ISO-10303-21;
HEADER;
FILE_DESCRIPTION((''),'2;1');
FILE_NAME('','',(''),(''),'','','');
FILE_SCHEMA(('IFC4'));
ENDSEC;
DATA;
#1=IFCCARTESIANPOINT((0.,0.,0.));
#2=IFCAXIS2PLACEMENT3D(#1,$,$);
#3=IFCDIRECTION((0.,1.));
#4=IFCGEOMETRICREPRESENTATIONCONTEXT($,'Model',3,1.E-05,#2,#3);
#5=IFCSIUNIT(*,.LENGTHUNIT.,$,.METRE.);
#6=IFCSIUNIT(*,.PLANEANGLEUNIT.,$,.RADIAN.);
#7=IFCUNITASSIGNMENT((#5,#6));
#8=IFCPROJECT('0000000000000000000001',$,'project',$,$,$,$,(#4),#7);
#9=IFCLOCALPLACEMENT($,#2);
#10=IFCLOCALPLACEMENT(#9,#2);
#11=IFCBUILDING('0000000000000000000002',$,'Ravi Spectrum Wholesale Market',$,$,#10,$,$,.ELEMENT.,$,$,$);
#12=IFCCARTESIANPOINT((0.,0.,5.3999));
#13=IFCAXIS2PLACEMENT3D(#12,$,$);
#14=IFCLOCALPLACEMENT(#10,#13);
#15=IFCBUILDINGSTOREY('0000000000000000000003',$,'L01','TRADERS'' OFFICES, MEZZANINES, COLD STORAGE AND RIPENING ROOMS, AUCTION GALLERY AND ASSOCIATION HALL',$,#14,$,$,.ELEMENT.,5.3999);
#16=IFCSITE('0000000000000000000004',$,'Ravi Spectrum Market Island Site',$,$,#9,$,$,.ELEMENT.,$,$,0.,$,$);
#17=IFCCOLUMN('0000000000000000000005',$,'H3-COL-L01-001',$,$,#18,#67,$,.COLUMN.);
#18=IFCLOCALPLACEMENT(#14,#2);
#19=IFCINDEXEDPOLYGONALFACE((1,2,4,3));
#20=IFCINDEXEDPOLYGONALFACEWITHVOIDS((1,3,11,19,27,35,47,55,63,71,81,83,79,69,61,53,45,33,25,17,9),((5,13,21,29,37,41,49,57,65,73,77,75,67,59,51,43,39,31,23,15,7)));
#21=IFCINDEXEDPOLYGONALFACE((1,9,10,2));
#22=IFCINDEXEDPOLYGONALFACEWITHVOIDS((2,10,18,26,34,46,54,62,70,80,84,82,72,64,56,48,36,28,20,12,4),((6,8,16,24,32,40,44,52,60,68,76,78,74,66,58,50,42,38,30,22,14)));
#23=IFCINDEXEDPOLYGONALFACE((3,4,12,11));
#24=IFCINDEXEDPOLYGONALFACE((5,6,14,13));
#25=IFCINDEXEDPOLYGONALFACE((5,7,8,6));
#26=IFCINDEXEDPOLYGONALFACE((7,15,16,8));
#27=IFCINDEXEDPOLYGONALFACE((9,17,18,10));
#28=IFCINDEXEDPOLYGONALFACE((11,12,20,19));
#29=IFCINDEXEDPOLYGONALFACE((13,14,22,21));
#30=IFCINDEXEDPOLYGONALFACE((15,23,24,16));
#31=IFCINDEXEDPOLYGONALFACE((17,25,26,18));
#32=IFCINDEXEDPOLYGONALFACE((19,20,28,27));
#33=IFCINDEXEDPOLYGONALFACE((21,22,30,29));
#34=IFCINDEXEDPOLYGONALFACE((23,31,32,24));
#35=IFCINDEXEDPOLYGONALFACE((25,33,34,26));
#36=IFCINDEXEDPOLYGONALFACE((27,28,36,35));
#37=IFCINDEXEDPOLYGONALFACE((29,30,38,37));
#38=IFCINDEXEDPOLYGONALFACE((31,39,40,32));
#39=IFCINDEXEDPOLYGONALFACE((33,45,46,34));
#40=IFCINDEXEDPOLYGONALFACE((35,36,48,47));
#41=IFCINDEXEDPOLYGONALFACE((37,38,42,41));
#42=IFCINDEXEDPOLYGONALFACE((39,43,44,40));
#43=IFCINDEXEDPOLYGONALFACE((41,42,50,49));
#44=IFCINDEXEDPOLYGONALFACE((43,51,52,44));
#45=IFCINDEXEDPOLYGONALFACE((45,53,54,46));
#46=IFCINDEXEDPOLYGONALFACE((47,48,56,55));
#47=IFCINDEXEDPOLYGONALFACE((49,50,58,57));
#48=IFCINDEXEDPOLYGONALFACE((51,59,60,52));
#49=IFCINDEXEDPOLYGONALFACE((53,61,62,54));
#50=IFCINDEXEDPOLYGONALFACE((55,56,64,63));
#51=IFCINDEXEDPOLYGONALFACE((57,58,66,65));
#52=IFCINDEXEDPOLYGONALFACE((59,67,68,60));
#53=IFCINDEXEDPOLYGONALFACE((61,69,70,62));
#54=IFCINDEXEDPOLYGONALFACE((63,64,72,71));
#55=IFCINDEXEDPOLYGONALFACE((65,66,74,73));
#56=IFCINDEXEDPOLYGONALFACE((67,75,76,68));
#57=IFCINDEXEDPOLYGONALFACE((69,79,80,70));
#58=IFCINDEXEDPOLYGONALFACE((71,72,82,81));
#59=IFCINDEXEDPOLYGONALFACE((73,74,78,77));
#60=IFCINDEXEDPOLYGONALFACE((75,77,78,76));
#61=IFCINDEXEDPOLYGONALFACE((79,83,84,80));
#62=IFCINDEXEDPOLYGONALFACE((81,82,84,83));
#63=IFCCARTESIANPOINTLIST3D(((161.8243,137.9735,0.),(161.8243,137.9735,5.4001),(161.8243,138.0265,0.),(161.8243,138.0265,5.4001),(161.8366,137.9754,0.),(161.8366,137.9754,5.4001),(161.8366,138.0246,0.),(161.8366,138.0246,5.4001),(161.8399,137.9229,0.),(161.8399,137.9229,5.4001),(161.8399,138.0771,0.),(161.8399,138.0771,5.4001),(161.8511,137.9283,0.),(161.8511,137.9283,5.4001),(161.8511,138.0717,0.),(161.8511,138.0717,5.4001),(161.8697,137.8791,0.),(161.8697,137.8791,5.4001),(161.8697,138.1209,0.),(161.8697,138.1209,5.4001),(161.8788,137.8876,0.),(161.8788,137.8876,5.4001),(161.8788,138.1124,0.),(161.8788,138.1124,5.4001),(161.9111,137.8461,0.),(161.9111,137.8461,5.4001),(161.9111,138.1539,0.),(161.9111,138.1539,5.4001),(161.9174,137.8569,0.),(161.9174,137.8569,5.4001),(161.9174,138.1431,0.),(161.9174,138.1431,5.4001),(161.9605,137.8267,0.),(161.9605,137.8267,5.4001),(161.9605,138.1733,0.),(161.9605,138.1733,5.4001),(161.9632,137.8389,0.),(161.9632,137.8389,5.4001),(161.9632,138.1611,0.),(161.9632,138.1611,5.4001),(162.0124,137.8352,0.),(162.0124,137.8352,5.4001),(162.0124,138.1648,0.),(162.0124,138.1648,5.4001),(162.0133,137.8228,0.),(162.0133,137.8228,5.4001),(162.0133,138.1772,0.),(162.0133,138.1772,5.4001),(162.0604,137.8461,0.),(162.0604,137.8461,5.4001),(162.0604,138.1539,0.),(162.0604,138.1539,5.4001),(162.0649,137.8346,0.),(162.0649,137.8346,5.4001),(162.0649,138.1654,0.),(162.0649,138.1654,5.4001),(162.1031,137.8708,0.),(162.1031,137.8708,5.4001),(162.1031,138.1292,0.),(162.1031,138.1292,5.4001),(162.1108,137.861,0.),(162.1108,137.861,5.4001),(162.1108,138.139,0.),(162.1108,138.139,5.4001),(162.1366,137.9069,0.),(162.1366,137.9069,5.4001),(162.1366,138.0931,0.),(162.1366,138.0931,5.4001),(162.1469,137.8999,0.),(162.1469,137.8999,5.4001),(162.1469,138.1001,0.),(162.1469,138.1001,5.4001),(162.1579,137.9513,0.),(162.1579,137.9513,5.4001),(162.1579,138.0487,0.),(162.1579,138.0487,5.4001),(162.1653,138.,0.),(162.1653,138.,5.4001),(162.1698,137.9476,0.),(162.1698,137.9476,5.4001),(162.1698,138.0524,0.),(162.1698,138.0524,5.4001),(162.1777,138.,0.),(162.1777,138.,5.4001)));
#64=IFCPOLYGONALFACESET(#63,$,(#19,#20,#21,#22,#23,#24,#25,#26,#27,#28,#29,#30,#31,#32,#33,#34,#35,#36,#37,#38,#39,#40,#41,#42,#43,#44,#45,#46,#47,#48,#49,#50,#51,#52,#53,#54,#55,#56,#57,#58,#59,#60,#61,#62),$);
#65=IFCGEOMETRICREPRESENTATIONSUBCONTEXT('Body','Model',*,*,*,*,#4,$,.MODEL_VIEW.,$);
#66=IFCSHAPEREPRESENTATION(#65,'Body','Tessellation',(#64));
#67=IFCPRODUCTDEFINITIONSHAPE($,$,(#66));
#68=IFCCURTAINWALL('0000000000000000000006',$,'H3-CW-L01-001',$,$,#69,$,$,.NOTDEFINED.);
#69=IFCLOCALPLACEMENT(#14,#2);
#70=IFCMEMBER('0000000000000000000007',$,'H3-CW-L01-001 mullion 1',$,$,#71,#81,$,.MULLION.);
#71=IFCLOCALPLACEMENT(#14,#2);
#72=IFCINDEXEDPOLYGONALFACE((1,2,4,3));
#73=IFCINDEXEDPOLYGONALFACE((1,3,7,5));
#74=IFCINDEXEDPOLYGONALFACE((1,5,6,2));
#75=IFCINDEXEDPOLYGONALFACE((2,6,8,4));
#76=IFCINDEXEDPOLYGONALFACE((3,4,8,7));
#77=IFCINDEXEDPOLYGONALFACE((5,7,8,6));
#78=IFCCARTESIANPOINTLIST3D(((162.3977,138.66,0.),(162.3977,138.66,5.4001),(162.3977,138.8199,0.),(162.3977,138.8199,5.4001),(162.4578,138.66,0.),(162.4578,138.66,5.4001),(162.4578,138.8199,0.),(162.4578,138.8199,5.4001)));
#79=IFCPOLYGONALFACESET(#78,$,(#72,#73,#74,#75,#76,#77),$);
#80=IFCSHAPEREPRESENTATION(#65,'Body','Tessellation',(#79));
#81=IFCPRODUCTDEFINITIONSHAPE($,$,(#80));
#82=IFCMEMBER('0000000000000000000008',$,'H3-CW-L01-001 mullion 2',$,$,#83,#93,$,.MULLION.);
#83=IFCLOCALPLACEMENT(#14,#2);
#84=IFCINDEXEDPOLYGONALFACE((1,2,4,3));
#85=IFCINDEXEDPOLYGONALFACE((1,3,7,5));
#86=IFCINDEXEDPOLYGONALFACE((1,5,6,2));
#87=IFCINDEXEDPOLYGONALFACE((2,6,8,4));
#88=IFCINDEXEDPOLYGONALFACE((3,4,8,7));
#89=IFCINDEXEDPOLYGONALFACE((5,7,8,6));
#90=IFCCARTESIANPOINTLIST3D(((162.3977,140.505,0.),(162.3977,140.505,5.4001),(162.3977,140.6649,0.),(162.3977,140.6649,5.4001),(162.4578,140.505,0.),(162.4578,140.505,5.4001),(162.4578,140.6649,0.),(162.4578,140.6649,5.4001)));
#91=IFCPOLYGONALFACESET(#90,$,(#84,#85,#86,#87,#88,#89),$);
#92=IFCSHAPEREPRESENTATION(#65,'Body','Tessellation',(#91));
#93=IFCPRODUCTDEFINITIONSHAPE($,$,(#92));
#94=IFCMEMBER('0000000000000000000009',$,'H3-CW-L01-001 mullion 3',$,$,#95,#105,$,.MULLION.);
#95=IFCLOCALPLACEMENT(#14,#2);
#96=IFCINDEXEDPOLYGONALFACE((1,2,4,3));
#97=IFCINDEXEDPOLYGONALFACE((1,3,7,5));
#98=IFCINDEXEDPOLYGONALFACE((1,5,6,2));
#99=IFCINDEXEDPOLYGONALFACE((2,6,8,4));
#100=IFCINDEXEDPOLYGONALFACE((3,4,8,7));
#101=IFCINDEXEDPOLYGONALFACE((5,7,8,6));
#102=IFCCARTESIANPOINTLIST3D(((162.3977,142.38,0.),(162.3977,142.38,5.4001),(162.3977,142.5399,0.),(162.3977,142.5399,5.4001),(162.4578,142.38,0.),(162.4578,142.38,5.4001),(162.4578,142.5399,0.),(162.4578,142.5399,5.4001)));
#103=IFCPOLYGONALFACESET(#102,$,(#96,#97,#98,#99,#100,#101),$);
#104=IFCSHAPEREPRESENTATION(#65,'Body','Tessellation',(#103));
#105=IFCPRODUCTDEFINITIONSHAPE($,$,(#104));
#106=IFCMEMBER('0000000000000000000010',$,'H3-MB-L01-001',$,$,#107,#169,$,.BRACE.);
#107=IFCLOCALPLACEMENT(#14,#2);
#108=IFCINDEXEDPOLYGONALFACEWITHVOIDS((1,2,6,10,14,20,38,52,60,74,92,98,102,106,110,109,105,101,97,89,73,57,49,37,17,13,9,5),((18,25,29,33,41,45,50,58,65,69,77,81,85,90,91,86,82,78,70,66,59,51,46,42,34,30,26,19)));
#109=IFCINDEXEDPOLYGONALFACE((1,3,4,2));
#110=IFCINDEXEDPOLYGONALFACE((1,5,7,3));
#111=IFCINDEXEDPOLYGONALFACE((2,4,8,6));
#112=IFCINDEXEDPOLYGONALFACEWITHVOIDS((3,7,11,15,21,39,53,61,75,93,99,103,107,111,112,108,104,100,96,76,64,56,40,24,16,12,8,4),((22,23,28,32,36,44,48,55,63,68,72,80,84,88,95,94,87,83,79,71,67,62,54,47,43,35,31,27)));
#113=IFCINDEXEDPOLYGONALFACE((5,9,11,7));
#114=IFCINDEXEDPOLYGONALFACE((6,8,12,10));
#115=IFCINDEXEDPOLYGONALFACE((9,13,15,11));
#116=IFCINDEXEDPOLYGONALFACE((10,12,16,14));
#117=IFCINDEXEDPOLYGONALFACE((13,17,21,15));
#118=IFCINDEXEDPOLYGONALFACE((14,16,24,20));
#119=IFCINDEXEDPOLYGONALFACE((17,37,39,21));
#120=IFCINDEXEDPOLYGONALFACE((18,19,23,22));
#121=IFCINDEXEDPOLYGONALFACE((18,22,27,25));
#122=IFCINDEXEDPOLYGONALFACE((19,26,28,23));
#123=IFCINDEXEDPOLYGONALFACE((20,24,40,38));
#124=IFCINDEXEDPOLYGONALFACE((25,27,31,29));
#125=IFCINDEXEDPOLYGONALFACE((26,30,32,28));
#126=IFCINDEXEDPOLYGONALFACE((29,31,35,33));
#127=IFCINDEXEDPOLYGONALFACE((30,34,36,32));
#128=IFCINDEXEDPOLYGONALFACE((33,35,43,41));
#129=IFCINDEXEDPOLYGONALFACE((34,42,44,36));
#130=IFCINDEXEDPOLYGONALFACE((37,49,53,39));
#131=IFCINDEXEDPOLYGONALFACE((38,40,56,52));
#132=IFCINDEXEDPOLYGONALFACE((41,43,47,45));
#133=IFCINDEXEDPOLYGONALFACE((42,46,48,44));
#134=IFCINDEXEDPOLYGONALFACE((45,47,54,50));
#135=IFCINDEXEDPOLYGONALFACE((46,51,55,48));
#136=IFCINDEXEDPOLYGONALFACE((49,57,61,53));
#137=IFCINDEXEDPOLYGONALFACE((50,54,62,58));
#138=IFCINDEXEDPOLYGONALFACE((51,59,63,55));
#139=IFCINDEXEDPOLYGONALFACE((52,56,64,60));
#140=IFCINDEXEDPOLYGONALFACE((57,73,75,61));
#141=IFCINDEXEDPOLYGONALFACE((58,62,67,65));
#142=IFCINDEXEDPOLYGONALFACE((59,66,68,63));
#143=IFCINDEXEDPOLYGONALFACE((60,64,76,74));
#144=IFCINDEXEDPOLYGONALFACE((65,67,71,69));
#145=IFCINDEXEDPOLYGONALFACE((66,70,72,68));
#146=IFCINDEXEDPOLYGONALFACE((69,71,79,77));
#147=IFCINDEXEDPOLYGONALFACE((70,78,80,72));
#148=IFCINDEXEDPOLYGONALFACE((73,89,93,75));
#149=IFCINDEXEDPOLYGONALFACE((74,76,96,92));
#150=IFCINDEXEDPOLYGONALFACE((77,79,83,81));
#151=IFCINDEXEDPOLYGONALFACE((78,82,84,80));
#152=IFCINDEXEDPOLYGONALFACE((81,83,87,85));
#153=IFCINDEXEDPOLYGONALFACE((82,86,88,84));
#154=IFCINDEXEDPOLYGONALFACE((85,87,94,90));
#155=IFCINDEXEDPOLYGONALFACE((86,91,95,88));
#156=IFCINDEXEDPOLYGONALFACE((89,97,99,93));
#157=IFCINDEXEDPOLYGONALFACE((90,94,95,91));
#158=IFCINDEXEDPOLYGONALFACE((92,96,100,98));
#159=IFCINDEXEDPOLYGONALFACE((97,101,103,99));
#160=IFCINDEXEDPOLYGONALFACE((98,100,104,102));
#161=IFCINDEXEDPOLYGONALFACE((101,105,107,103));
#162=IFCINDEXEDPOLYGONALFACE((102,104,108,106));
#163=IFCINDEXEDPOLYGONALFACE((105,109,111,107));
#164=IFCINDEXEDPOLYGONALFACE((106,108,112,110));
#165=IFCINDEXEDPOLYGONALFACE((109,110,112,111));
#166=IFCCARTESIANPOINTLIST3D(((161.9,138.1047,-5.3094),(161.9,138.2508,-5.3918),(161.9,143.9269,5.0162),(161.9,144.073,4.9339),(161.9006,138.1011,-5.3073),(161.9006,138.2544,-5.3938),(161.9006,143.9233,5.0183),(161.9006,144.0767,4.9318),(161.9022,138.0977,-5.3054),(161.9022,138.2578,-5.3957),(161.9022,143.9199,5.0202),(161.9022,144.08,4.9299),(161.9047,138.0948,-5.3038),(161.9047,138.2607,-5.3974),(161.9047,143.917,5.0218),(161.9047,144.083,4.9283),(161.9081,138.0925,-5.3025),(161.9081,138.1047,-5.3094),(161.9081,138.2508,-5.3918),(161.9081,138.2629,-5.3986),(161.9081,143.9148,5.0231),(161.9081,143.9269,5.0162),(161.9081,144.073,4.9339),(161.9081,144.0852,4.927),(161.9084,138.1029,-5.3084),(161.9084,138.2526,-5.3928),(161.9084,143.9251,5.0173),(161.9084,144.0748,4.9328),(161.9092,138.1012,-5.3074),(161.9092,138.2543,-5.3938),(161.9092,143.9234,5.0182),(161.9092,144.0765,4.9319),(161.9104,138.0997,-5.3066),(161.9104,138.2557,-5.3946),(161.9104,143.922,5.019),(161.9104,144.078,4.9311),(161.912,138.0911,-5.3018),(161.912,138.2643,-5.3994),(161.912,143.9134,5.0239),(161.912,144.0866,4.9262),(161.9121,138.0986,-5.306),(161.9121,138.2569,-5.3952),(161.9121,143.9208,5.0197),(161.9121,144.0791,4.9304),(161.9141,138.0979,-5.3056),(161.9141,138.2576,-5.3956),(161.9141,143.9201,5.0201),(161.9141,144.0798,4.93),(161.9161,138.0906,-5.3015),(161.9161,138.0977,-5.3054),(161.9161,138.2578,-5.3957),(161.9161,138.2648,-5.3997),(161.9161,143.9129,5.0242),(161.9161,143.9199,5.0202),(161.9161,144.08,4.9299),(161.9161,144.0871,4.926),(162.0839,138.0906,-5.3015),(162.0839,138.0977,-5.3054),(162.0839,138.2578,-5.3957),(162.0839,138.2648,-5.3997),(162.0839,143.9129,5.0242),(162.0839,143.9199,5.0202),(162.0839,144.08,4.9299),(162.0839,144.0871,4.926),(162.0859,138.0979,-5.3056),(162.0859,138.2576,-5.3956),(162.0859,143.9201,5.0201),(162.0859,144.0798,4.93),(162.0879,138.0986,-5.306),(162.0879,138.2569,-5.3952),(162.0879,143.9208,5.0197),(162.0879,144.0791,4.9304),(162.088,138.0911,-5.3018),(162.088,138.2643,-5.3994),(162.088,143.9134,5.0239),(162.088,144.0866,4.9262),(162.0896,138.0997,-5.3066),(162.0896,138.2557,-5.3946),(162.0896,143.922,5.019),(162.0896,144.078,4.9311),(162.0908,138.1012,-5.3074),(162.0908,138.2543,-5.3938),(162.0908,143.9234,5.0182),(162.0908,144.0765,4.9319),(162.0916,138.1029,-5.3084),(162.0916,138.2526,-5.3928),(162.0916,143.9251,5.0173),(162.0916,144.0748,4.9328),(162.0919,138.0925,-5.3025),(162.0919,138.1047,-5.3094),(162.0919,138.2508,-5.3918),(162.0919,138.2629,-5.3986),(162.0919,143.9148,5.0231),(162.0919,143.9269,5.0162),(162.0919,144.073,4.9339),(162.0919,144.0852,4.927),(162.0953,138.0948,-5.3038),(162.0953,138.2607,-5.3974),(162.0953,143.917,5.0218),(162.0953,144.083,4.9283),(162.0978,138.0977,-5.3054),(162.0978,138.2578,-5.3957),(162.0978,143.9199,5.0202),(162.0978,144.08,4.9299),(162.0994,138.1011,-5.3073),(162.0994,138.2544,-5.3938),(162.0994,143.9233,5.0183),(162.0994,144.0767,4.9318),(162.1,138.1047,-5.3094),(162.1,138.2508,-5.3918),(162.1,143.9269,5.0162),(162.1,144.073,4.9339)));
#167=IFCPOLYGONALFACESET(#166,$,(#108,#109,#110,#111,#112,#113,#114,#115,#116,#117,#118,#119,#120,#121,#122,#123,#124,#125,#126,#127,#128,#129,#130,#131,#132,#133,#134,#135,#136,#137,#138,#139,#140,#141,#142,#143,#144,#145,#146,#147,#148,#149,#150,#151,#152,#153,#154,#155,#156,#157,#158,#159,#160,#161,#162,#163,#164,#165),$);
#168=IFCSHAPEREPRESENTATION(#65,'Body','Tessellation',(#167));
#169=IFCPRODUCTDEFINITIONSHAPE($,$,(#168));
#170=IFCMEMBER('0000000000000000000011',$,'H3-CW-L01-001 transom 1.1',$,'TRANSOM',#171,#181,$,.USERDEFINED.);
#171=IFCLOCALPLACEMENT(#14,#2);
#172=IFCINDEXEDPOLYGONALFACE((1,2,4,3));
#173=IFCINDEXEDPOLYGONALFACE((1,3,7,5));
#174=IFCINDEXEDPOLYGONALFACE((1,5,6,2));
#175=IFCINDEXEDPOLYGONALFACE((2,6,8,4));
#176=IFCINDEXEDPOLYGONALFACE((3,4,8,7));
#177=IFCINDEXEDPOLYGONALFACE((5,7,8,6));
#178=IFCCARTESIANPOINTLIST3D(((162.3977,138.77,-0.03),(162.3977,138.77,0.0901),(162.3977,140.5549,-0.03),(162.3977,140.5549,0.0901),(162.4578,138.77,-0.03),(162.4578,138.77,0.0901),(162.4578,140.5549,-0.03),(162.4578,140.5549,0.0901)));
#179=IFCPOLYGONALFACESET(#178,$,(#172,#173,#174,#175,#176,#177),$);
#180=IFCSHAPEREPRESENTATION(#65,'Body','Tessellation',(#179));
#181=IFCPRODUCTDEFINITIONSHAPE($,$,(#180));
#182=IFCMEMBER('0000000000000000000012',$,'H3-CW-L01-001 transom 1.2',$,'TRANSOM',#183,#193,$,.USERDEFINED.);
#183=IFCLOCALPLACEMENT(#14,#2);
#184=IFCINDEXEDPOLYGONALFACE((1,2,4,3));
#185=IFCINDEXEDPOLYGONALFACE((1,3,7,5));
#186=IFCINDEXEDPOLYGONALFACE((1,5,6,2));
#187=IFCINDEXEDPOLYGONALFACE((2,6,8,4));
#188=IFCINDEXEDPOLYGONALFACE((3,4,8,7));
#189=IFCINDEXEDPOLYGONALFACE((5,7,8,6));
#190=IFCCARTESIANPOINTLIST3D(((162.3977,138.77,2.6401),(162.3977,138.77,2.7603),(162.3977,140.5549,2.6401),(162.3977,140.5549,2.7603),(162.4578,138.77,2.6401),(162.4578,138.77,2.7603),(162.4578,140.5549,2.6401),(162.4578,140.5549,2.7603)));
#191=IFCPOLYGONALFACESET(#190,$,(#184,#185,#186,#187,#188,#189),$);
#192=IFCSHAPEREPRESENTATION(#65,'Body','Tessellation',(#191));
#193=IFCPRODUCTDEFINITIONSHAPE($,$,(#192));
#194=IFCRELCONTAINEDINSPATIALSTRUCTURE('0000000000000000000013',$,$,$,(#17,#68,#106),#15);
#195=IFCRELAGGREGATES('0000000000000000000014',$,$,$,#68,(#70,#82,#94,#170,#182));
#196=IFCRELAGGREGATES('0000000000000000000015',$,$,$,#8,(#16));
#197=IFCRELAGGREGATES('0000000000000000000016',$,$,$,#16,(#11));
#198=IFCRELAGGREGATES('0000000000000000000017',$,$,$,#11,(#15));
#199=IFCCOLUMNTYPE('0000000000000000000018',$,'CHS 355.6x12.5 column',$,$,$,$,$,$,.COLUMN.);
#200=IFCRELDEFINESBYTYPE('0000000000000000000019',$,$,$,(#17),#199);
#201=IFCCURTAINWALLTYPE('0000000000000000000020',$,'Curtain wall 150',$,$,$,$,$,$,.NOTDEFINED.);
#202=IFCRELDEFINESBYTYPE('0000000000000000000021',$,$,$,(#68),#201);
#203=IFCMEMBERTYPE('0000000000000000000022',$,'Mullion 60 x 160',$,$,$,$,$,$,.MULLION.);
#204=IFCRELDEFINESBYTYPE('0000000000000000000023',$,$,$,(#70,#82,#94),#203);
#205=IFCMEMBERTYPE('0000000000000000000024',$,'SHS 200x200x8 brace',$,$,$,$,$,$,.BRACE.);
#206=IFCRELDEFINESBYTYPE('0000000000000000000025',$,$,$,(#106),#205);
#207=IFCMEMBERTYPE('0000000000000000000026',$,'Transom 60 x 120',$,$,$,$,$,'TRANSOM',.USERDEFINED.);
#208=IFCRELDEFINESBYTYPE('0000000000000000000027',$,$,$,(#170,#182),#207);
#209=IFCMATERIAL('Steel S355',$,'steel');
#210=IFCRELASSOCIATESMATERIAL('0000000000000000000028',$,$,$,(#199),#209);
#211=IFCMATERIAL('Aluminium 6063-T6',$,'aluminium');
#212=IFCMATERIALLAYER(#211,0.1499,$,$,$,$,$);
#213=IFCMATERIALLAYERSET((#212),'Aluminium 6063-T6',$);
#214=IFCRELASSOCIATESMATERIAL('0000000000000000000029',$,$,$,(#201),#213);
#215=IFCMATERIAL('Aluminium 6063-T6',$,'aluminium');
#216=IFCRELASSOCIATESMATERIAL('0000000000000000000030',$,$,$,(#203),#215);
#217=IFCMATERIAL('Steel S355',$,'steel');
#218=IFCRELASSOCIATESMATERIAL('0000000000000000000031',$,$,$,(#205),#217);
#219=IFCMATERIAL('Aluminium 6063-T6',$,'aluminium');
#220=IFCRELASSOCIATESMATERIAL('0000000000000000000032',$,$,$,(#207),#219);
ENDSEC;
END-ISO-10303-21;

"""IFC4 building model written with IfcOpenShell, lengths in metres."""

from ifc_helpers import new_model, si_unit, direction, frame, origin, origin_2d, place, context, subcontext, project, spatial, rectangle, hollow_rectangle, hollow_circle, extrude, material, layer, layer_set, material_profile, profile_set, type_object, element, aggregate, save


model = new_model("IFC4")

# Units and contexts
model_context = context("Model", 3, precision=1e-05, world=origin(), true_north=direction((0.0, 1.0)))
body_context = subcontext(model_context, "Body", "Model", "MODEL_VIEW")
ifc_project = project(units=[si_unit("LENGTHUNIT", "METRE"), si_unit("PLANEANGLEUNIT", "RADIAN")], contexts=[model_context])

# Site, building, storey
site_placement = place(None, origin())
site = spatial("IfcSite", under=ifc_project, at=site_placement, Name="Ravi Spectrum Market Island Site", CompositionType="ELEMENT", RefElevation=0.0)
building_placement = place(site_placement, origin())
building = spatial("IfcBuilding", under=site, at=building_placement, Name="Ravi Spectrum Wholesale Market", CompositionType="ELEMENT")
storey_placement = place(building_placement, frame((0.0, 0.0, 5.3999)))
storey = spatial("IfcBuildingStorey", under=building, at=storey_placement, Name="L01", Description="TRADERS' OFFICES, MEZZANINES, COLD STORAGE AND RIPENING ROOMS, AUCTION GALLERY AND ASSOCIATION HALL", CompositionType="ELEMENT", Elevation=5.3999)

# Column
ifc_material_1 = material(Name="Steel S355", Category="steel")
ifc_material_profile_1 = material_profile(ifc_material_1, hollow_circle(Radius=0.1777, WallThickness=0.0125, at=origin_2d()))
ifc_profile_set_1 = profile_set([ifc_material_profile_1], Name="Steel S355")
column_type = type_object("IfcColumnType", Name="CHS 355.6x12.5 column", PredefinedType="COLUMN", material=ifc_profile_set_1)
column_placement = place(storey_placement, frame((162.0, 138.0, 0.0), z_axis=(0.0, 0.0, 1.0), x_axis=(1.0, 0.0, 0.0)))
element("IfcColumn", 1, at=column_placement, inside=storey, type_object=column_type, Name="H3-COL-L01-001", PredefinedType="COLUMN", context=body_context, shape_type="SweptSolid", body=[
    extrude(hollow_circle(Radius=0.1777, WallThickness=0.0125, at=origin_2d()), origin(), (0.0, 0.0, 1.0), 5.4001),
])

# Curtain wall, members
ifc_material_2 = material(Name="Aluminium 6063-T6", Category="aluminium")
ifc_layer_1 = layer(ifc_material_2, 0.1499)
ifc_layer_set_1 = layer_set([ifc_layer_1], Name="Aluminium 6063-T6")
curtain_wall_type = type_object("IfcCurtainWallType", Name="Curtain wall 150", PredefinedType="NOTDEFINED", material=ifc_layer_set_1)
curtain_wall_placement = place(storey_placement, origin())
curtain_wall = element("IfcCurtainWall", 2, at=curtain_wall_placement, inside=storey, type_object=curtain_wall_type, Name="H3-CW-L01-001", PredefinedType="NOTDEFINED")
ifc_material_3 = material(Name="Aluminium 6063-T6", Category="aluminium")
ifc_material_profile_2 = material_profile(ifc_material_3, rectangle(XDim=0.0601, YDim=0.1599, at=origin_2d()))
ifc_profile_set_2 = profile_set([ifc_material_profile_2], Name="Aluminium 6063-T6")
member_type_1 = type_object("IfcMemberType", Name="Mullion 60 x 160", PredefinedType="MULLION", material=ifc_profile_set_2)
member_1_placement = place(storey_placement, frame((162.4277, 138.74, 0.0), z_axis=(0.0, 0.0, 1.0), x_axis=(-1.0, 0.0, 0.0)))
member_1 = element("IfcMember", 3, at=member_1_placement, type_object=member_type_1, Name="H3-CW-L01-001 mullion 1", PredefinedType="MULLION", context=body_context, shape_type="SweptSolid", body=[
    extrude(rectangle(XDim=0.0601, YDim=0.1599, at=origin_2d()), origin(), (0.0, 0.0, 1.0), 5.4001),
])
member_2_placement = place(storey_placement, frame((162.4277, 140.585, 0.0), z_axis=(0.0, 0.0, 1.0), x_axis=(-1.0, 0.0, 0.0)))
member_2 = element("IfcMember", 4, at=member_2_placement, type_object=member_type_1, Name="H3-CW-L01-001 mullion 2", PredefinedType="MULLION", context=body_context, shape_type="SweptSolid", body=[
    extrude(rectangle(XDim=0.0601, YDim=0.1599, at=origin_2d()), origin(), (0.0, 0.0, 1.0), 5.4001),
])
member_3_placement = place(storey_placement, frame((162.4277, 142.46, 0.0), z_axis=(0.0, 0.0, 1.0), x_axis=(-1.0, 0.0, 0.0)))
member_3 = element("IfcMember", 5, at=member_3_placement, type_object=member_type_1, Name="H3-CW-L01-001 mullion 3", PredefinedType="MULLION", context=body_context, shape_type="SweptSolid", body=[
    extrude(rectangle(XDim=0.0601, YDim=0.1599, at=origin_2d()), origin(), (0.0, 0.0, 1.0), 5.4001),
])

# Members
ifc_material_4 = material(Name="Steel S355", Category="steel")
ifc_material_profile_3 = material_profile(ifc_material_4, hollow_rectangle(XDim=0.2, YDim=0.2, WallThickness=0.0081, InnerFilletRadius=0.0081, OuterFilletRadius=0.0161, at=origin_2d()))
ifc_profile_set_3 = profile_set([ifc_material_profile_3], Name="Steel S355")
member_type_2 = type_object("IfcMemberType", Name="SHS 200x200x8 brace", PredefinedType="BRACE", material=ifc_profile_set_3)
member_4_placement = place(storey_placement, frame((162.0, 138.1777, -5.3506), z_axis=(0.0, 0.491163, 0.871068), x_axis=(-1.0, 0.0, 0.0)))
element("IfcMember", 6, at=member_4_placement, inside=storey, type_object=member_type_2, Name="H3-MB-L01-001", PredefinedType="BRACE", context=body_context, shape_type="SweptSolid", body=[
    extrude(hollow_rectangle(XDim=0.2, YDim=0.2, WallThickness=0.0081, InnerFilletRadius=0.0081, OuterFilletRadius=0.0161, at=origin_2d()), origin(), (0.0, 0.0, 1.0), 11.854),
])
ifc_material_5 = material(Name="Aluminium 6063-T6", Category="aluminium")
ifc_material_profile_4 = material_profile(ifc_material_5, rectangle(XDim=0.0601, YDim=0.1201, at=origin_2d()))
ifc_profile_set_4 = profile_set([ifc_material_profile_4], Name="Aluminium 6063-T6")
member_type_3 = type_object("IfcMemberType", Name="Transom 60 x 120", ElementType="TRANSOM", PredefinedType="USERDEFINED", material=ifc_profile_set_4)
member_5_placement = place(storey_placement, frame((162.4277, 138.77, 0.03), z_axis=(0.0, 1.0, 0.0), x_axis=(-1.0, 0.0, 0.0)))
member_5 = element("IfcMember", 7, at=member_5_placement, type_object=member_type_3, Name="H3-CW-L01-001 transom 1.1", ObjectType="TRANSOM", PredefinedType="USERDEFINED", context=body_context, shape_type="SweptSolid", body=[
    extrude(rectangle(XDim=0.0601, YDim=0.1201, at=origin_2d()), origin(), (0.0, 0.0, 1.0), 1.7849),
])
member_6_placement = place(storey_placement, frame((162.4277, 138.77, 2.7002), z_axis=(0.0, 1.0, 0.0), x_axis=(-1.0, 0.0, 0.0)))
member_6 = element("IfcMember", 8, at=member_6_placement, type_object=member_type_3, Name="H3-CW-L01-001 transom 1.2", ObjectType="TRANSOM", PredefinedType="USERDEFINED", context=body_context, shape_type="SweptSolid", body=[
    extrude(rectangle(XDim=0.0601, YDim=0.1201, at=origin_2d()), origin(), (0.0, 0.0, 1.0), 1.7849),
])

aggregate(curtain_wall, [member_1, member_2, member_3, member_5, member_6])

save(model, "model.ifc")
